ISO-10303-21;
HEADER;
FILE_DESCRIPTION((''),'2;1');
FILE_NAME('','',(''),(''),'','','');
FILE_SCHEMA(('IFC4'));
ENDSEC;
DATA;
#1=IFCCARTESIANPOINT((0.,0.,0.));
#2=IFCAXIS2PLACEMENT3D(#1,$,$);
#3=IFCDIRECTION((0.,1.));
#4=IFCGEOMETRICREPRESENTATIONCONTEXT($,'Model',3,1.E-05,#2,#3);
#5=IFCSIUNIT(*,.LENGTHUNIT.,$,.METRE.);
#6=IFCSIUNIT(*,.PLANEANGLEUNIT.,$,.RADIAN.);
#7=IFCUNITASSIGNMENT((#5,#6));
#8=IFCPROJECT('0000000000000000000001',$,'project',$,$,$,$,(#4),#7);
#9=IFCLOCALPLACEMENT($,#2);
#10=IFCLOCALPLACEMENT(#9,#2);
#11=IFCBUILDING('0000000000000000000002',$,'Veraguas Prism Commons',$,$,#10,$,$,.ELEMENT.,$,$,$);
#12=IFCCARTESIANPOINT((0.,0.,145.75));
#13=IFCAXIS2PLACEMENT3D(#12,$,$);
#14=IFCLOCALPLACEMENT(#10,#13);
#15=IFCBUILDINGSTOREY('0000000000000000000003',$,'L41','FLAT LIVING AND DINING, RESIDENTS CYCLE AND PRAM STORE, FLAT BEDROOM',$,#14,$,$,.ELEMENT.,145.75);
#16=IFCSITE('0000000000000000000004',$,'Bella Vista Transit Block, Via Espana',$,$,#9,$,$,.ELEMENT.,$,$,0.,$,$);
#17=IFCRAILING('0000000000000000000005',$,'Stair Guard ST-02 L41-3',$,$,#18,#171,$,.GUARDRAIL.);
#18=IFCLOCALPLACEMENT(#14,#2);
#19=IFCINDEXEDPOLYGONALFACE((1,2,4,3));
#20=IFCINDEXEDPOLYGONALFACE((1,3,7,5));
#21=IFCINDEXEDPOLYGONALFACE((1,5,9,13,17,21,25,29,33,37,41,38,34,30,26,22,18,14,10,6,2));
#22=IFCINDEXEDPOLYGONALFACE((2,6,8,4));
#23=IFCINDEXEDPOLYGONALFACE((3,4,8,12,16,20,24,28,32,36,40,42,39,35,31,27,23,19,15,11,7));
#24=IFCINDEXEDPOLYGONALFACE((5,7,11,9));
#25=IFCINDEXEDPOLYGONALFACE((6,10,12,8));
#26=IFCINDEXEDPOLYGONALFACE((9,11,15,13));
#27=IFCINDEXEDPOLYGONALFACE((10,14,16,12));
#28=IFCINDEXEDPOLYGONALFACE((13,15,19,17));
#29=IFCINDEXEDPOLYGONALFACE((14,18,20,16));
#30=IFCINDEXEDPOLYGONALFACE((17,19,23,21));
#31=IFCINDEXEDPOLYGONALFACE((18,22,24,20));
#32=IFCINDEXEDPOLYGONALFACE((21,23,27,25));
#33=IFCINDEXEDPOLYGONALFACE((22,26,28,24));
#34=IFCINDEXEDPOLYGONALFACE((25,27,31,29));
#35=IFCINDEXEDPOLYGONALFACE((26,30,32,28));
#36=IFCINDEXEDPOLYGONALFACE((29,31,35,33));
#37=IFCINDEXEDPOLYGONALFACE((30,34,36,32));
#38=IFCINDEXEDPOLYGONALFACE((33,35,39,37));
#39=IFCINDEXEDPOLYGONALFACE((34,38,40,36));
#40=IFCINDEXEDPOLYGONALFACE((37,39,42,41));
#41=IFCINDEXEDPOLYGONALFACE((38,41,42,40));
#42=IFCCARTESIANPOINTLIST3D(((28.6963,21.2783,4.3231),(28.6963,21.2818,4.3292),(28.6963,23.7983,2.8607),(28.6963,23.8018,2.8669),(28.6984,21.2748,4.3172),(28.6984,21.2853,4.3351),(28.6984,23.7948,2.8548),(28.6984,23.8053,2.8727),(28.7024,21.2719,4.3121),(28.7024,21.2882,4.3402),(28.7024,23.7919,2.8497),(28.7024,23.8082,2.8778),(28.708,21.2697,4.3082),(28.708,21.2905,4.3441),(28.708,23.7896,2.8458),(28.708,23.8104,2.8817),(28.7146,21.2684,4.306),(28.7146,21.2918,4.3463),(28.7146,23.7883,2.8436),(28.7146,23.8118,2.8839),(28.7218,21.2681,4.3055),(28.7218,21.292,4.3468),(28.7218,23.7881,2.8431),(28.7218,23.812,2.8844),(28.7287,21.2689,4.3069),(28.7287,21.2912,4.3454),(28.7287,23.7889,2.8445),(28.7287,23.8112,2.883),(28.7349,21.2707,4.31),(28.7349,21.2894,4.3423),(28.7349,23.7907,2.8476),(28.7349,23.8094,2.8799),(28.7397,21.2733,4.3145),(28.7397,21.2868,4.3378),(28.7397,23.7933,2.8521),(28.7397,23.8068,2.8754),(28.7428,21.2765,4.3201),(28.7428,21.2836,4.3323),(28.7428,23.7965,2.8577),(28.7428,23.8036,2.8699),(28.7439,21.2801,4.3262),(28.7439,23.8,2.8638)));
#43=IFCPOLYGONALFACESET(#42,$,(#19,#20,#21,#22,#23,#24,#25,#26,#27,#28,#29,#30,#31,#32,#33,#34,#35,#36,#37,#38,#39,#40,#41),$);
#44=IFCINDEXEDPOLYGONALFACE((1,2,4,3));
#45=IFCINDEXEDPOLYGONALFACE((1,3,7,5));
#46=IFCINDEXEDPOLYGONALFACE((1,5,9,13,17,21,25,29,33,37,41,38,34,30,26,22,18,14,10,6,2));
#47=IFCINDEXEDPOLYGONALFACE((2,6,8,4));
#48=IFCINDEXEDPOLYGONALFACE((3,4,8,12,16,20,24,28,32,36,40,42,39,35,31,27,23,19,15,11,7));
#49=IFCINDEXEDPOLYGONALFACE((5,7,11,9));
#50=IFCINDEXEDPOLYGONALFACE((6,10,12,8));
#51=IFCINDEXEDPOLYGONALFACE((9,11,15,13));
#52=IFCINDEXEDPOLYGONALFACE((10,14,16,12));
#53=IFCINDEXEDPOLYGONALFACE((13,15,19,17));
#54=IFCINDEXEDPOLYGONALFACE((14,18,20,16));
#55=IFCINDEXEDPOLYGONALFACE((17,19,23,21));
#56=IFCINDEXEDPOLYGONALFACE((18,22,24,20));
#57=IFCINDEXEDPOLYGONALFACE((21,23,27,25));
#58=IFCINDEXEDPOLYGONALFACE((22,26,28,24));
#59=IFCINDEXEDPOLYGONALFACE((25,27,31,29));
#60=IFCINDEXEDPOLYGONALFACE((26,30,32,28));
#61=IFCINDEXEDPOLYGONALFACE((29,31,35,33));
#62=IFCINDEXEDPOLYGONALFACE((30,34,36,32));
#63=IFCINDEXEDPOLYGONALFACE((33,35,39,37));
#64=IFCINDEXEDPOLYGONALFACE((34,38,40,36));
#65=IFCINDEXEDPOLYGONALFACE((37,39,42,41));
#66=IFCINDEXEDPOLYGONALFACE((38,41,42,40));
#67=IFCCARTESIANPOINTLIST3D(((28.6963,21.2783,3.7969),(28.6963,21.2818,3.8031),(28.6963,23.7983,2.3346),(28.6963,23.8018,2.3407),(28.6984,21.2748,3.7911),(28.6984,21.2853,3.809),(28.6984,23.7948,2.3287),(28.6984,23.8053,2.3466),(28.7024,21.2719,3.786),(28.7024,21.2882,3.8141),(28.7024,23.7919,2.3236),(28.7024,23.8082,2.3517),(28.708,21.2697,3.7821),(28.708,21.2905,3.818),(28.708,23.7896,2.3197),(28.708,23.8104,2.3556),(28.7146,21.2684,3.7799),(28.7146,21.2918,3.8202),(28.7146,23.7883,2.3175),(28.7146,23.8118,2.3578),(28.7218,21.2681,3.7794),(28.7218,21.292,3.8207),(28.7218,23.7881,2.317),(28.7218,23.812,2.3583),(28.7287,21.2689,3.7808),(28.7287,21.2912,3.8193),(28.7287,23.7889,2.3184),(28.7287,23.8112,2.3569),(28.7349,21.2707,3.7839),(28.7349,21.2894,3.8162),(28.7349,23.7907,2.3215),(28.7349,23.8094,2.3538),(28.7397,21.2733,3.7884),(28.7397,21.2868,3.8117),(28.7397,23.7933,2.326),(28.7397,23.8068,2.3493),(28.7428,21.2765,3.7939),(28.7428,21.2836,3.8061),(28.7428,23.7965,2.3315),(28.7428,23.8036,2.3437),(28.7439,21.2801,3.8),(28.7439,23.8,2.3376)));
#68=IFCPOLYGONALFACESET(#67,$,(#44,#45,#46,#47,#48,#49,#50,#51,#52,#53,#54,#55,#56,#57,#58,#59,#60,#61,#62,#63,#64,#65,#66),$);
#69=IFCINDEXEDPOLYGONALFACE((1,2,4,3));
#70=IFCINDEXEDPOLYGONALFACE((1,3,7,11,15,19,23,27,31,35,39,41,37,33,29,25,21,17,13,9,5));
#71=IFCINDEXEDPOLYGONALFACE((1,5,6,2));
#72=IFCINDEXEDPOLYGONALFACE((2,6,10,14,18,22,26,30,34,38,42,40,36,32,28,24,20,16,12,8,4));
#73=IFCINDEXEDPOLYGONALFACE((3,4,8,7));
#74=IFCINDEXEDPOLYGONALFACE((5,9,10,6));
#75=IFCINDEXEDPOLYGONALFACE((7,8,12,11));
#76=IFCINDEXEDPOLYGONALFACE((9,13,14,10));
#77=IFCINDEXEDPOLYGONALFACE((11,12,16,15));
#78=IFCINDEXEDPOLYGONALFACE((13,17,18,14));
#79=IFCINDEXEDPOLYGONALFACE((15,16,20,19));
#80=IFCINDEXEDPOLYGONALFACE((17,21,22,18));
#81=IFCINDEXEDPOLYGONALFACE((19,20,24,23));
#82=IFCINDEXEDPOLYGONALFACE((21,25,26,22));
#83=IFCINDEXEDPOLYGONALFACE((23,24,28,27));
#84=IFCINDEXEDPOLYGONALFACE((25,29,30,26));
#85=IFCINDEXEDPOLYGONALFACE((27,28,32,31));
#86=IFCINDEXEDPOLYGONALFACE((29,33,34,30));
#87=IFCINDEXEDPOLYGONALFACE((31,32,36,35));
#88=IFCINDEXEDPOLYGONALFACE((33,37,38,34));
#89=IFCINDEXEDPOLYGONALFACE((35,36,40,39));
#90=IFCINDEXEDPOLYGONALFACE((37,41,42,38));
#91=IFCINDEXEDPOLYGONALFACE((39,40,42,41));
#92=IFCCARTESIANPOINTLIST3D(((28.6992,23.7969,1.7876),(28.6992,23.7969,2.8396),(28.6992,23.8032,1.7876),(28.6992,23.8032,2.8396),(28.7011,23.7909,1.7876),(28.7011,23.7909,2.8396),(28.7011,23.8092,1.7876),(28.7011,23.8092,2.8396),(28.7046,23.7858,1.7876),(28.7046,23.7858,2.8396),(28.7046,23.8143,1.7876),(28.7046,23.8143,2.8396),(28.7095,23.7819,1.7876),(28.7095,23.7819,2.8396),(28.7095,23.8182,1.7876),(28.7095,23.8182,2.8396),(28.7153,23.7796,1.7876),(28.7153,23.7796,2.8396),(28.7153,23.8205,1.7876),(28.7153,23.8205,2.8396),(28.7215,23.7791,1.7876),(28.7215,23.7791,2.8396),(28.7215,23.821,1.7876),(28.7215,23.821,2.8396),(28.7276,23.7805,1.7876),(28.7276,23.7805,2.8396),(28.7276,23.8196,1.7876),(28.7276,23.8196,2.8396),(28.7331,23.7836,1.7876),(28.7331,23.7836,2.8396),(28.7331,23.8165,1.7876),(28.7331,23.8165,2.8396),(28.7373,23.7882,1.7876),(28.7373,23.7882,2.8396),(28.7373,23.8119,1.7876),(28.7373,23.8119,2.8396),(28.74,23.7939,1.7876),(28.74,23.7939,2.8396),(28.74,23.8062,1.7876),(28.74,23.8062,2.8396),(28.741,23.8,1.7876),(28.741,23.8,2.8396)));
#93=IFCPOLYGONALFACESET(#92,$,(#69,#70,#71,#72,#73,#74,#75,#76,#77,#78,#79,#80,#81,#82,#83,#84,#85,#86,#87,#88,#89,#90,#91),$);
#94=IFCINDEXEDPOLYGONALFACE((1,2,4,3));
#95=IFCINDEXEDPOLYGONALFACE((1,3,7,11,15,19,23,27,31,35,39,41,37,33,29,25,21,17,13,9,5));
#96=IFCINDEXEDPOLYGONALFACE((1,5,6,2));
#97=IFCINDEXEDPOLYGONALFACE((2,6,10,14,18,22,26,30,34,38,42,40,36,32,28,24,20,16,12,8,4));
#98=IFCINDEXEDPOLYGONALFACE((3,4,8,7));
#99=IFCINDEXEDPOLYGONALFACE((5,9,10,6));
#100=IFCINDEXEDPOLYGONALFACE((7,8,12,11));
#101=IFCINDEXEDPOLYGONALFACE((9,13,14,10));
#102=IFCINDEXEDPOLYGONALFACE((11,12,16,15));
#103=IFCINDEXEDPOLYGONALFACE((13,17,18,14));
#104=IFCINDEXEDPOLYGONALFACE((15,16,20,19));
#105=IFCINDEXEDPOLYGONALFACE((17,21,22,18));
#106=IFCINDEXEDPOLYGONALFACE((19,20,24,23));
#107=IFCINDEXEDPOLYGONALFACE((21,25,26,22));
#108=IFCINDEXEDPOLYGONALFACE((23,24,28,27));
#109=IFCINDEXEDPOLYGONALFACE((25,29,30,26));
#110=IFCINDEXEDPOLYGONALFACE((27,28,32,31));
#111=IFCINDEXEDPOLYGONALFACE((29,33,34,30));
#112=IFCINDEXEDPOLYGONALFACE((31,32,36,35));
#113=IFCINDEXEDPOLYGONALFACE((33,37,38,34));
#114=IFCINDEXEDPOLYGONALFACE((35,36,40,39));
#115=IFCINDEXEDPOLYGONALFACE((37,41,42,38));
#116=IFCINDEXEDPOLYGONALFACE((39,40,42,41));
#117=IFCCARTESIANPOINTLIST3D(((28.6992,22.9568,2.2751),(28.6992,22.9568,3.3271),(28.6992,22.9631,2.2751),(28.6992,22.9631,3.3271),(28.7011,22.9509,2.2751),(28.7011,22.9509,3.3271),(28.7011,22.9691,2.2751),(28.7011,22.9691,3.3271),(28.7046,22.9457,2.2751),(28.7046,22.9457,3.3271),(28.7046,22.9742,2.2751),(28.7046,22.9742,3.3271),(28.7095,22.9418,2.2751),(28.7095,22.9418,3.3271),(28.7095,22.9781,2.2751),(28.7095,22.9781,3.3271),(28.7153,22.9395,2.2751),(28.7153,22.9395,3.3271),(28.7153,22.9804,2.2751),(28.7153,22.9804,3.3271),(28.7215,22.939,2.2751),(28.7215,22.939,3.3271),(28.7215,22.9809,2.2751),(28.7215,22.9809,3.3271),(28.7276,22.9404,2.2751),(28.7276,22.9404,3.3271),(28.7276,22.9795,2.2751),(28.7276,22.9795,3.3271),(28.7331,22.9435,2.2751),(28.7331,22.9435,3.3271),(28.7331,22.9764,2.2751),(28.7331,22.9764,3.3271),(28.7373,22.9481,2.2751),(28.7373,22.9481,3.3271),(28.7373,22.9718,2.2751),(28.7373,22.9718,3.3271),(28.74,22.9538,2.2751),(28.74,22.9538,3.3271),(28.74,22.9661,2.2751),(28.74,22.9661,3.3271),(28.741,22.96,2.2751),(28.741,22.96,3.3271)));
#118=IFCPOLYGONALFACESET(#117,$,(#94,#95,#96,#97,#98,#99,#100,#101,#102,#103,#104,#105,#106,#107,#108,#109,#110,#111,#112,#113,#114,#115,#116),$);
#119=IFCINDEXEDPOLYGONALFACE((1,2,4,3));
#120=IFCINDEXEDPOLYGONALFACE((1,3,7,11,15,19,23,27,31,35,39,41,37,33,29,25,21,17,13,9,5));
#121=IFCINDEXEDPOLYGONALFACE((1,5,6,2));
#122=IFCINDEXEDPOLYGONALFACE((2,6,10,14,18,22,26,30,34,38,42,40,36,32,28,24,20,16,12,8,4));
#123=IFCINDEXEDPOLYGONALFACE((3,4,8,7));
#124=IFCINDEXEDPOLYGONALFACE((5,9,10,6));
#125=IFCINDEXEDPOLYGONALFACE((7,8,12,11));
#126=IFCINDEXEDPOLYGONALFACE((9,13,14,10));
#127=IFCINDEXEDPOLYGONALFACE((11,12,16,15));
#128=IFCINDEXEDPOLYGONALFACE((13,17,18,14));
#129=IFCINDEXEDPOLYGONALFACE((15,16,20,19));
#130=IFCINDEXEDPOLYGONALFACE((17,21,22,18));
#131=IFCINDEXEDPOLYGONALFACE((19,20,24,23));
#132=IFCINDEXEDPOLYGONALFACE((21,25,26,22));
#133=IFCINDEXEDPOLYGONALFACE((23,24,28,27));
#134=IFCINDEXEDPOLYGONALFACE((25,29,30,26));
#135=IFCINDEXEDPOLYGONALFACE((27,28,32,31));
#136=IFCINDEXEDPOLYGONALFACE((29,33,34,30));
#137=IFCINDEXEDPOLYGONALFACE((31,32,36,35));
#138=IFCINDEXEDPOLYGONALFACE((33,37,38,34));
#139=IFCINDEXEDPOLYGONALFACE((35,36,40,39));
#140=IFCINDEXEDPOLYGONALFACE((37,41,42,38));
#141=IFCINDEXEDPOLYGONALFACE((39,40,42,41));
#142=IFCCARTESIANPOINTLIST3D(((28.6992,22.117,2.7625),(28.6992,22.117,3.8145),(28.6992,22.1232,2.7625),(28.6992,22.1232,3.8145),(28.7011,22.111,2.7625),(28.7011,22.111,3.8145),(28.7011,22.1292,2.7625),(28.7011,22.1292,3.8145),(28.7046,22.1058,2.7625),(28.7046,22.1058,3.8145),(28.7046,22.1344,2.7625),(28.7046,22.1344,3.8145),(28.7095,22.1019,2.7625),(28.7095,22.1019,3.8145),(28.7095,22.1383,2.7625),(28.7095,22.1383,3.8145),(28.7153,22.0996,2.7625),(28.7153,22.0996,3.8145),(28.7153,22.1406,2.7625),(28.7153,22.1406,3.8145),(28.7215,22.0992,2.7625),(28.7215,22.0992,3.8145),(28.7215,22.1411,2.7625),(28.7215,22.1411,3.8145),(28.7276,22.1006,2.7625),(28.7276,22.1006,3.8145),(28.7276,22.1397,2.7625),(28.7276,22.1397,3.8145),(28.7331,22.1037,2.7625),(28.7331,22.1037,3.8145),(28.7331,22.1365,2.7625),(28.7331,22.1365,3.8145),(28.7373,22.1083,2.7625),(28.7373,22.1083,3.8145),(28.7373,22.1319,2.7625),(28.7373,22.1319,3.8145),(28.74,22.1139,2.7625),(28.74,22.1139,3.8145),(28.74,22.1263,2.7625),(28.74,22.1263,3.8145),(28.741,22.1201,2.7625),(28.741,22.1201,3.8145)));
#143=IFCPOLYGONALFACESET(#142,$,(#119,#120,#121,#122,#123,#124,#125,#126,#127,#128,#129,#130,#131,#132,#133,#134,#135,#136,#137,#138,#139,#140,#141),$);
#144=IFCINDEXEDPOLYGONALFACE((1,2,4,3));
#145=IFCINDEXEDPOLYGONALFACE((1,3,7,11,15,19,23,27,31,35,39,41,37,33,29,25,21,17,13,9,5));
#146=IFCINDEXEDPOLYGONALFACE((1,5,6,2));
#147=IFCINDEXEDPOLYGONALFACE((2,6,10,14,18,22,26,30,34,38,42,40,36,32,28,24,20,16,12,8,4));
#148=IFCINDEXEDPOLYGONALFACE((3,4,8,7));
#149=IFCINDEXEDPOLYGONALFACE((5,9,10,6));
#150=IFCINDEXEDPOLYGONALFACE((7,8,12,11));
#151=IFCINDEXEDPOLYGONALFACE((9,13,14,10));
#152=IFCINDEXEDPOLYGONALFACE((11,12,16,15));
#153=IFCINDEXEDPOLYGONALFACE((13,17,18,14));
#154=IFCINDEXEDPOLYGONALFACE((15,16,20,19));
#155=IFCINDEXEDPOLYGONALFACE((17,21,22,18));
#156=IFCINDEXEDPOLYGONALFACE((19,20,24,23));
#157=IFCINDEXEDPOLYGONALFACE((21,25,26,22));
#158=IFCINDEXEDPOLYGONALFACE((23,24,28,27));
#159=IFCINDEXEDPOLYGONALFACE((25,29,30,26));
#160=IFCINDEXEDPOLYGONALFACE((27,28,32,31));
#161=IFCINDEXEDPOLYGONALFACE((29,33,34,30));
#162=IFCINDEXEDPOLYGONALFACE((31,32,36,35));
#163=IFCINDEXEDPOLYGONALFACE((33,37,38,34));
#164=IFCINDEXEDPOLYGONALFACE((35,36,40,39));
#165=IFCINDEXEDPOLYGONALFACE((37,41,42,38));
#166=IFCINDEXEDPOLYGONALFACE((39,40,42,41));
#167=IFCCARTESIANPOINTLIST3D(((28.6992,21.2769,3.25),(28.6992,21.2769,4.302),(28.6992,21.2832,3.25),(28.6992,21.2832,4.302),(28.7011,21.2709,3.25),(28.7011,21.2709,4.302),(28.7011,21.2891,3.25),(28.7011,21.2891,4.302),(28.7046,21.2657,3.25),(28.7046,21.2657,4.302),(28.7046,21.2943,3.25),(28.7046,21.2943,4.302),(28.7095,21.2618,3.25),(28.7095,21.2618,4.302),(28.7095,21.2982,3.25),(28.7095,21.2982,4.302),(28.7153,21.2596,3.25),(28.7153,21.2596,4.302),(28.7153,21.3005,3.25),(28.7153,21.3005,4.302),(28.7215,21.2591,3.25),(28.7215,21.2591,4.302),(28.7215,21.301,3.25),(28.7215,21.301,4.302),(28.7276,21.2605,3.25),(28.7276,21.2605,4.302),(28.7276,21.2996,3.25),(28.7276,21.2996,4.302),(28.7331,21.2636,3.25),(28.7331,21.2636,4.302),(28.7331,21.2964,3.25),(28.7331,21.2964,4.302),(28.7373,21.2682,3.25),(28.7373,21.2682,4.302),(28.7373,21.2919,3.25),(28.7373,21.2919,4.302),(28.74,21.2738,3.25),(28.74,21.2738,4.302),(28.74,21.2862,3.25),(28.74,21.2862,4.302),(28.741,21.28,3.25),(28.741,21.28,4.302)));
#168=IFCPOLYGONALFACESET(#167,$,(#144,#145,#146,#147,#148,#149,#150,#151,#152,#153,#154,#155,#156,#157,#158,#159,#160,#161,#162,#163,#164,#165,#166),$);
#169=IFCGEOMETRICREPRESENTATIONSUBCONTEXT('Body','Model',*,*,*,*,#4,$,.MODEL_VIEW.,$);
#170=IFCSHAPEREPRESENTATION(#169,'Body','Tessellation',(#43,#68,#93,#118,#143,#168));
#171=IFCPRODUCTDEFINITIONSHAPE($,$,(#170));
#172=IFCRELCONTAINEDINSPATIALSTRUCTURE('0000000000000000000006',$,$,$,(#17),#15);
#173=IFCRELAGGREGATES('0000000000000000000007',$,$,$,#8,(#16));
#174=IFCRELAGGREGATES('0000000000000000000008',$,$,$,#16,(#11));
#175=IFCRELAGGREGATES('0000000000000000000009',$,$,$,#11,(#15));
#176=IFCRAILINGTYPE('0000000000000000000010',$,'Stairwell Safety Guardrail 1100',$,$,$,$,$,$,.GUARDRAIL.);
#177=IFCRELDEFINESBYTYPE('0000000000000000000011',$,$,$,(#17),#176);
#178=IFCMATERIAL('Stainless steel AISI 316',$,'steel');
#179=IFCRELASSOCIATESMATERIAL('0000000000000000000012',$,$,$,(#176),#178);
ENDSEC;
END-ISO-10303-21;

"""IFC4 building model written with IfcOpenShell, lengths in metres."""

from ifc_helpers import new_model, si_unit, direction, frame, origin, origin_2d, place, context, subcontext, project, spatial, circle, extrude, material, type_object, element, save


model = new_model("IFC4")

# Units and contexts
model_context = context("Model", 3, precision=1e-05, world=origin(), true_north=direction((0.0, 1.0)))
body_context = subcontext(model_context, "Body", "Model", "MODEL_VIEW")
ifc_project = project(units=[si_unit("LENGTHUNIT", "METRE"), si_unit("PLANEANGLEUNIT", "RADIAN")], contexts=[model_context])

# Site, building, storey
site_placement = place(None, origin())
site = spatial("IfcSite", under=ifc_project, at=site_placement, Name="Bella Vista Transit Block, Via Espana", CompositionType="ELEMENT", RefElevation=0.0)
building_placement = place(site_placement, origin())
building = spatial("IfcBuilding", under=site, at=building_placement, Name="Veraguas Prism Commons", CompositionType="ELEMENT")
storey_placement = place(building_placement, frame((0.0, 0.0, 145.75)))
storey = spatial("IfcBuildingStorey", under=building, at=storey_placement, Name="L41", Description="FLAT LIVING AND DINING, RESIDENTS CYCLE AND PRAM STORE, FLAT BEDROOM", CompositionType="ELEMENT", Elevation=145.75)

# Shared definitions
ifc_material_1 = material(Name="Stainless steel AISI 316", Category="steel")

# Railing
railing_type_1 = type_object("IfcRailingType", Name="Stairwell Safety Guardrail 1100", PredefinedType="GUARDRAIL", material=ifc_material_1)
railing_1_placement = place(storey_placement, frame((28.72, 23.8, 1.7876)))
element("IfcRailing", 1, at=railing_1_placement, inside=storey, type_object=railing_type_1, Name="Stair Guard ST-02 L41-3", PredefinedType="GUARDRAIL", context=body_context, shape_type="SweptSolid", body=[
    extrude(circle(Radius=0.0239, at=origin_2d()), frame((0.0, 0.0, 1.0762), z_axis=(0.0, -0.864913, 0.501921), x_axis=(1.0, 0.0, 0.0)), (0.0, 0.0, 1.0), 2.9136),
    extrude(circle(Radius=0.0239, at=origin_2d()), frame((0.0, 0.0, 0.55), z_axis=(0.0, -0.864913, 0.501921), x_axis=(1.0, 0.0, 0.0)), (0.0, 0.0, 1.0), 2.9136),
    extrude(circle(Radius=0.021, at=origin_2d()), origin(), (0.0, 0.0, 1.0), 1.052),
    extrude(circle(Radius=0.021, at=origin_2d()), frame((0.0, -0.8401, 0.4875)), (0.0, 0.0, 1.0), 1.052),
    extrude(circle(Radius=0.021, at=origin_2d()), frame((0.0, -1.6799, 0.9749)), (0.0, 0.0, 1.0), 1.052),
    extrude(circle(Radius=0.021, at=origin_2d()), frame((0.0, -2.52, 1.4624)), (0.0, 0.0, 1.0), 1.052),
])

save(model, "model.ifc")
